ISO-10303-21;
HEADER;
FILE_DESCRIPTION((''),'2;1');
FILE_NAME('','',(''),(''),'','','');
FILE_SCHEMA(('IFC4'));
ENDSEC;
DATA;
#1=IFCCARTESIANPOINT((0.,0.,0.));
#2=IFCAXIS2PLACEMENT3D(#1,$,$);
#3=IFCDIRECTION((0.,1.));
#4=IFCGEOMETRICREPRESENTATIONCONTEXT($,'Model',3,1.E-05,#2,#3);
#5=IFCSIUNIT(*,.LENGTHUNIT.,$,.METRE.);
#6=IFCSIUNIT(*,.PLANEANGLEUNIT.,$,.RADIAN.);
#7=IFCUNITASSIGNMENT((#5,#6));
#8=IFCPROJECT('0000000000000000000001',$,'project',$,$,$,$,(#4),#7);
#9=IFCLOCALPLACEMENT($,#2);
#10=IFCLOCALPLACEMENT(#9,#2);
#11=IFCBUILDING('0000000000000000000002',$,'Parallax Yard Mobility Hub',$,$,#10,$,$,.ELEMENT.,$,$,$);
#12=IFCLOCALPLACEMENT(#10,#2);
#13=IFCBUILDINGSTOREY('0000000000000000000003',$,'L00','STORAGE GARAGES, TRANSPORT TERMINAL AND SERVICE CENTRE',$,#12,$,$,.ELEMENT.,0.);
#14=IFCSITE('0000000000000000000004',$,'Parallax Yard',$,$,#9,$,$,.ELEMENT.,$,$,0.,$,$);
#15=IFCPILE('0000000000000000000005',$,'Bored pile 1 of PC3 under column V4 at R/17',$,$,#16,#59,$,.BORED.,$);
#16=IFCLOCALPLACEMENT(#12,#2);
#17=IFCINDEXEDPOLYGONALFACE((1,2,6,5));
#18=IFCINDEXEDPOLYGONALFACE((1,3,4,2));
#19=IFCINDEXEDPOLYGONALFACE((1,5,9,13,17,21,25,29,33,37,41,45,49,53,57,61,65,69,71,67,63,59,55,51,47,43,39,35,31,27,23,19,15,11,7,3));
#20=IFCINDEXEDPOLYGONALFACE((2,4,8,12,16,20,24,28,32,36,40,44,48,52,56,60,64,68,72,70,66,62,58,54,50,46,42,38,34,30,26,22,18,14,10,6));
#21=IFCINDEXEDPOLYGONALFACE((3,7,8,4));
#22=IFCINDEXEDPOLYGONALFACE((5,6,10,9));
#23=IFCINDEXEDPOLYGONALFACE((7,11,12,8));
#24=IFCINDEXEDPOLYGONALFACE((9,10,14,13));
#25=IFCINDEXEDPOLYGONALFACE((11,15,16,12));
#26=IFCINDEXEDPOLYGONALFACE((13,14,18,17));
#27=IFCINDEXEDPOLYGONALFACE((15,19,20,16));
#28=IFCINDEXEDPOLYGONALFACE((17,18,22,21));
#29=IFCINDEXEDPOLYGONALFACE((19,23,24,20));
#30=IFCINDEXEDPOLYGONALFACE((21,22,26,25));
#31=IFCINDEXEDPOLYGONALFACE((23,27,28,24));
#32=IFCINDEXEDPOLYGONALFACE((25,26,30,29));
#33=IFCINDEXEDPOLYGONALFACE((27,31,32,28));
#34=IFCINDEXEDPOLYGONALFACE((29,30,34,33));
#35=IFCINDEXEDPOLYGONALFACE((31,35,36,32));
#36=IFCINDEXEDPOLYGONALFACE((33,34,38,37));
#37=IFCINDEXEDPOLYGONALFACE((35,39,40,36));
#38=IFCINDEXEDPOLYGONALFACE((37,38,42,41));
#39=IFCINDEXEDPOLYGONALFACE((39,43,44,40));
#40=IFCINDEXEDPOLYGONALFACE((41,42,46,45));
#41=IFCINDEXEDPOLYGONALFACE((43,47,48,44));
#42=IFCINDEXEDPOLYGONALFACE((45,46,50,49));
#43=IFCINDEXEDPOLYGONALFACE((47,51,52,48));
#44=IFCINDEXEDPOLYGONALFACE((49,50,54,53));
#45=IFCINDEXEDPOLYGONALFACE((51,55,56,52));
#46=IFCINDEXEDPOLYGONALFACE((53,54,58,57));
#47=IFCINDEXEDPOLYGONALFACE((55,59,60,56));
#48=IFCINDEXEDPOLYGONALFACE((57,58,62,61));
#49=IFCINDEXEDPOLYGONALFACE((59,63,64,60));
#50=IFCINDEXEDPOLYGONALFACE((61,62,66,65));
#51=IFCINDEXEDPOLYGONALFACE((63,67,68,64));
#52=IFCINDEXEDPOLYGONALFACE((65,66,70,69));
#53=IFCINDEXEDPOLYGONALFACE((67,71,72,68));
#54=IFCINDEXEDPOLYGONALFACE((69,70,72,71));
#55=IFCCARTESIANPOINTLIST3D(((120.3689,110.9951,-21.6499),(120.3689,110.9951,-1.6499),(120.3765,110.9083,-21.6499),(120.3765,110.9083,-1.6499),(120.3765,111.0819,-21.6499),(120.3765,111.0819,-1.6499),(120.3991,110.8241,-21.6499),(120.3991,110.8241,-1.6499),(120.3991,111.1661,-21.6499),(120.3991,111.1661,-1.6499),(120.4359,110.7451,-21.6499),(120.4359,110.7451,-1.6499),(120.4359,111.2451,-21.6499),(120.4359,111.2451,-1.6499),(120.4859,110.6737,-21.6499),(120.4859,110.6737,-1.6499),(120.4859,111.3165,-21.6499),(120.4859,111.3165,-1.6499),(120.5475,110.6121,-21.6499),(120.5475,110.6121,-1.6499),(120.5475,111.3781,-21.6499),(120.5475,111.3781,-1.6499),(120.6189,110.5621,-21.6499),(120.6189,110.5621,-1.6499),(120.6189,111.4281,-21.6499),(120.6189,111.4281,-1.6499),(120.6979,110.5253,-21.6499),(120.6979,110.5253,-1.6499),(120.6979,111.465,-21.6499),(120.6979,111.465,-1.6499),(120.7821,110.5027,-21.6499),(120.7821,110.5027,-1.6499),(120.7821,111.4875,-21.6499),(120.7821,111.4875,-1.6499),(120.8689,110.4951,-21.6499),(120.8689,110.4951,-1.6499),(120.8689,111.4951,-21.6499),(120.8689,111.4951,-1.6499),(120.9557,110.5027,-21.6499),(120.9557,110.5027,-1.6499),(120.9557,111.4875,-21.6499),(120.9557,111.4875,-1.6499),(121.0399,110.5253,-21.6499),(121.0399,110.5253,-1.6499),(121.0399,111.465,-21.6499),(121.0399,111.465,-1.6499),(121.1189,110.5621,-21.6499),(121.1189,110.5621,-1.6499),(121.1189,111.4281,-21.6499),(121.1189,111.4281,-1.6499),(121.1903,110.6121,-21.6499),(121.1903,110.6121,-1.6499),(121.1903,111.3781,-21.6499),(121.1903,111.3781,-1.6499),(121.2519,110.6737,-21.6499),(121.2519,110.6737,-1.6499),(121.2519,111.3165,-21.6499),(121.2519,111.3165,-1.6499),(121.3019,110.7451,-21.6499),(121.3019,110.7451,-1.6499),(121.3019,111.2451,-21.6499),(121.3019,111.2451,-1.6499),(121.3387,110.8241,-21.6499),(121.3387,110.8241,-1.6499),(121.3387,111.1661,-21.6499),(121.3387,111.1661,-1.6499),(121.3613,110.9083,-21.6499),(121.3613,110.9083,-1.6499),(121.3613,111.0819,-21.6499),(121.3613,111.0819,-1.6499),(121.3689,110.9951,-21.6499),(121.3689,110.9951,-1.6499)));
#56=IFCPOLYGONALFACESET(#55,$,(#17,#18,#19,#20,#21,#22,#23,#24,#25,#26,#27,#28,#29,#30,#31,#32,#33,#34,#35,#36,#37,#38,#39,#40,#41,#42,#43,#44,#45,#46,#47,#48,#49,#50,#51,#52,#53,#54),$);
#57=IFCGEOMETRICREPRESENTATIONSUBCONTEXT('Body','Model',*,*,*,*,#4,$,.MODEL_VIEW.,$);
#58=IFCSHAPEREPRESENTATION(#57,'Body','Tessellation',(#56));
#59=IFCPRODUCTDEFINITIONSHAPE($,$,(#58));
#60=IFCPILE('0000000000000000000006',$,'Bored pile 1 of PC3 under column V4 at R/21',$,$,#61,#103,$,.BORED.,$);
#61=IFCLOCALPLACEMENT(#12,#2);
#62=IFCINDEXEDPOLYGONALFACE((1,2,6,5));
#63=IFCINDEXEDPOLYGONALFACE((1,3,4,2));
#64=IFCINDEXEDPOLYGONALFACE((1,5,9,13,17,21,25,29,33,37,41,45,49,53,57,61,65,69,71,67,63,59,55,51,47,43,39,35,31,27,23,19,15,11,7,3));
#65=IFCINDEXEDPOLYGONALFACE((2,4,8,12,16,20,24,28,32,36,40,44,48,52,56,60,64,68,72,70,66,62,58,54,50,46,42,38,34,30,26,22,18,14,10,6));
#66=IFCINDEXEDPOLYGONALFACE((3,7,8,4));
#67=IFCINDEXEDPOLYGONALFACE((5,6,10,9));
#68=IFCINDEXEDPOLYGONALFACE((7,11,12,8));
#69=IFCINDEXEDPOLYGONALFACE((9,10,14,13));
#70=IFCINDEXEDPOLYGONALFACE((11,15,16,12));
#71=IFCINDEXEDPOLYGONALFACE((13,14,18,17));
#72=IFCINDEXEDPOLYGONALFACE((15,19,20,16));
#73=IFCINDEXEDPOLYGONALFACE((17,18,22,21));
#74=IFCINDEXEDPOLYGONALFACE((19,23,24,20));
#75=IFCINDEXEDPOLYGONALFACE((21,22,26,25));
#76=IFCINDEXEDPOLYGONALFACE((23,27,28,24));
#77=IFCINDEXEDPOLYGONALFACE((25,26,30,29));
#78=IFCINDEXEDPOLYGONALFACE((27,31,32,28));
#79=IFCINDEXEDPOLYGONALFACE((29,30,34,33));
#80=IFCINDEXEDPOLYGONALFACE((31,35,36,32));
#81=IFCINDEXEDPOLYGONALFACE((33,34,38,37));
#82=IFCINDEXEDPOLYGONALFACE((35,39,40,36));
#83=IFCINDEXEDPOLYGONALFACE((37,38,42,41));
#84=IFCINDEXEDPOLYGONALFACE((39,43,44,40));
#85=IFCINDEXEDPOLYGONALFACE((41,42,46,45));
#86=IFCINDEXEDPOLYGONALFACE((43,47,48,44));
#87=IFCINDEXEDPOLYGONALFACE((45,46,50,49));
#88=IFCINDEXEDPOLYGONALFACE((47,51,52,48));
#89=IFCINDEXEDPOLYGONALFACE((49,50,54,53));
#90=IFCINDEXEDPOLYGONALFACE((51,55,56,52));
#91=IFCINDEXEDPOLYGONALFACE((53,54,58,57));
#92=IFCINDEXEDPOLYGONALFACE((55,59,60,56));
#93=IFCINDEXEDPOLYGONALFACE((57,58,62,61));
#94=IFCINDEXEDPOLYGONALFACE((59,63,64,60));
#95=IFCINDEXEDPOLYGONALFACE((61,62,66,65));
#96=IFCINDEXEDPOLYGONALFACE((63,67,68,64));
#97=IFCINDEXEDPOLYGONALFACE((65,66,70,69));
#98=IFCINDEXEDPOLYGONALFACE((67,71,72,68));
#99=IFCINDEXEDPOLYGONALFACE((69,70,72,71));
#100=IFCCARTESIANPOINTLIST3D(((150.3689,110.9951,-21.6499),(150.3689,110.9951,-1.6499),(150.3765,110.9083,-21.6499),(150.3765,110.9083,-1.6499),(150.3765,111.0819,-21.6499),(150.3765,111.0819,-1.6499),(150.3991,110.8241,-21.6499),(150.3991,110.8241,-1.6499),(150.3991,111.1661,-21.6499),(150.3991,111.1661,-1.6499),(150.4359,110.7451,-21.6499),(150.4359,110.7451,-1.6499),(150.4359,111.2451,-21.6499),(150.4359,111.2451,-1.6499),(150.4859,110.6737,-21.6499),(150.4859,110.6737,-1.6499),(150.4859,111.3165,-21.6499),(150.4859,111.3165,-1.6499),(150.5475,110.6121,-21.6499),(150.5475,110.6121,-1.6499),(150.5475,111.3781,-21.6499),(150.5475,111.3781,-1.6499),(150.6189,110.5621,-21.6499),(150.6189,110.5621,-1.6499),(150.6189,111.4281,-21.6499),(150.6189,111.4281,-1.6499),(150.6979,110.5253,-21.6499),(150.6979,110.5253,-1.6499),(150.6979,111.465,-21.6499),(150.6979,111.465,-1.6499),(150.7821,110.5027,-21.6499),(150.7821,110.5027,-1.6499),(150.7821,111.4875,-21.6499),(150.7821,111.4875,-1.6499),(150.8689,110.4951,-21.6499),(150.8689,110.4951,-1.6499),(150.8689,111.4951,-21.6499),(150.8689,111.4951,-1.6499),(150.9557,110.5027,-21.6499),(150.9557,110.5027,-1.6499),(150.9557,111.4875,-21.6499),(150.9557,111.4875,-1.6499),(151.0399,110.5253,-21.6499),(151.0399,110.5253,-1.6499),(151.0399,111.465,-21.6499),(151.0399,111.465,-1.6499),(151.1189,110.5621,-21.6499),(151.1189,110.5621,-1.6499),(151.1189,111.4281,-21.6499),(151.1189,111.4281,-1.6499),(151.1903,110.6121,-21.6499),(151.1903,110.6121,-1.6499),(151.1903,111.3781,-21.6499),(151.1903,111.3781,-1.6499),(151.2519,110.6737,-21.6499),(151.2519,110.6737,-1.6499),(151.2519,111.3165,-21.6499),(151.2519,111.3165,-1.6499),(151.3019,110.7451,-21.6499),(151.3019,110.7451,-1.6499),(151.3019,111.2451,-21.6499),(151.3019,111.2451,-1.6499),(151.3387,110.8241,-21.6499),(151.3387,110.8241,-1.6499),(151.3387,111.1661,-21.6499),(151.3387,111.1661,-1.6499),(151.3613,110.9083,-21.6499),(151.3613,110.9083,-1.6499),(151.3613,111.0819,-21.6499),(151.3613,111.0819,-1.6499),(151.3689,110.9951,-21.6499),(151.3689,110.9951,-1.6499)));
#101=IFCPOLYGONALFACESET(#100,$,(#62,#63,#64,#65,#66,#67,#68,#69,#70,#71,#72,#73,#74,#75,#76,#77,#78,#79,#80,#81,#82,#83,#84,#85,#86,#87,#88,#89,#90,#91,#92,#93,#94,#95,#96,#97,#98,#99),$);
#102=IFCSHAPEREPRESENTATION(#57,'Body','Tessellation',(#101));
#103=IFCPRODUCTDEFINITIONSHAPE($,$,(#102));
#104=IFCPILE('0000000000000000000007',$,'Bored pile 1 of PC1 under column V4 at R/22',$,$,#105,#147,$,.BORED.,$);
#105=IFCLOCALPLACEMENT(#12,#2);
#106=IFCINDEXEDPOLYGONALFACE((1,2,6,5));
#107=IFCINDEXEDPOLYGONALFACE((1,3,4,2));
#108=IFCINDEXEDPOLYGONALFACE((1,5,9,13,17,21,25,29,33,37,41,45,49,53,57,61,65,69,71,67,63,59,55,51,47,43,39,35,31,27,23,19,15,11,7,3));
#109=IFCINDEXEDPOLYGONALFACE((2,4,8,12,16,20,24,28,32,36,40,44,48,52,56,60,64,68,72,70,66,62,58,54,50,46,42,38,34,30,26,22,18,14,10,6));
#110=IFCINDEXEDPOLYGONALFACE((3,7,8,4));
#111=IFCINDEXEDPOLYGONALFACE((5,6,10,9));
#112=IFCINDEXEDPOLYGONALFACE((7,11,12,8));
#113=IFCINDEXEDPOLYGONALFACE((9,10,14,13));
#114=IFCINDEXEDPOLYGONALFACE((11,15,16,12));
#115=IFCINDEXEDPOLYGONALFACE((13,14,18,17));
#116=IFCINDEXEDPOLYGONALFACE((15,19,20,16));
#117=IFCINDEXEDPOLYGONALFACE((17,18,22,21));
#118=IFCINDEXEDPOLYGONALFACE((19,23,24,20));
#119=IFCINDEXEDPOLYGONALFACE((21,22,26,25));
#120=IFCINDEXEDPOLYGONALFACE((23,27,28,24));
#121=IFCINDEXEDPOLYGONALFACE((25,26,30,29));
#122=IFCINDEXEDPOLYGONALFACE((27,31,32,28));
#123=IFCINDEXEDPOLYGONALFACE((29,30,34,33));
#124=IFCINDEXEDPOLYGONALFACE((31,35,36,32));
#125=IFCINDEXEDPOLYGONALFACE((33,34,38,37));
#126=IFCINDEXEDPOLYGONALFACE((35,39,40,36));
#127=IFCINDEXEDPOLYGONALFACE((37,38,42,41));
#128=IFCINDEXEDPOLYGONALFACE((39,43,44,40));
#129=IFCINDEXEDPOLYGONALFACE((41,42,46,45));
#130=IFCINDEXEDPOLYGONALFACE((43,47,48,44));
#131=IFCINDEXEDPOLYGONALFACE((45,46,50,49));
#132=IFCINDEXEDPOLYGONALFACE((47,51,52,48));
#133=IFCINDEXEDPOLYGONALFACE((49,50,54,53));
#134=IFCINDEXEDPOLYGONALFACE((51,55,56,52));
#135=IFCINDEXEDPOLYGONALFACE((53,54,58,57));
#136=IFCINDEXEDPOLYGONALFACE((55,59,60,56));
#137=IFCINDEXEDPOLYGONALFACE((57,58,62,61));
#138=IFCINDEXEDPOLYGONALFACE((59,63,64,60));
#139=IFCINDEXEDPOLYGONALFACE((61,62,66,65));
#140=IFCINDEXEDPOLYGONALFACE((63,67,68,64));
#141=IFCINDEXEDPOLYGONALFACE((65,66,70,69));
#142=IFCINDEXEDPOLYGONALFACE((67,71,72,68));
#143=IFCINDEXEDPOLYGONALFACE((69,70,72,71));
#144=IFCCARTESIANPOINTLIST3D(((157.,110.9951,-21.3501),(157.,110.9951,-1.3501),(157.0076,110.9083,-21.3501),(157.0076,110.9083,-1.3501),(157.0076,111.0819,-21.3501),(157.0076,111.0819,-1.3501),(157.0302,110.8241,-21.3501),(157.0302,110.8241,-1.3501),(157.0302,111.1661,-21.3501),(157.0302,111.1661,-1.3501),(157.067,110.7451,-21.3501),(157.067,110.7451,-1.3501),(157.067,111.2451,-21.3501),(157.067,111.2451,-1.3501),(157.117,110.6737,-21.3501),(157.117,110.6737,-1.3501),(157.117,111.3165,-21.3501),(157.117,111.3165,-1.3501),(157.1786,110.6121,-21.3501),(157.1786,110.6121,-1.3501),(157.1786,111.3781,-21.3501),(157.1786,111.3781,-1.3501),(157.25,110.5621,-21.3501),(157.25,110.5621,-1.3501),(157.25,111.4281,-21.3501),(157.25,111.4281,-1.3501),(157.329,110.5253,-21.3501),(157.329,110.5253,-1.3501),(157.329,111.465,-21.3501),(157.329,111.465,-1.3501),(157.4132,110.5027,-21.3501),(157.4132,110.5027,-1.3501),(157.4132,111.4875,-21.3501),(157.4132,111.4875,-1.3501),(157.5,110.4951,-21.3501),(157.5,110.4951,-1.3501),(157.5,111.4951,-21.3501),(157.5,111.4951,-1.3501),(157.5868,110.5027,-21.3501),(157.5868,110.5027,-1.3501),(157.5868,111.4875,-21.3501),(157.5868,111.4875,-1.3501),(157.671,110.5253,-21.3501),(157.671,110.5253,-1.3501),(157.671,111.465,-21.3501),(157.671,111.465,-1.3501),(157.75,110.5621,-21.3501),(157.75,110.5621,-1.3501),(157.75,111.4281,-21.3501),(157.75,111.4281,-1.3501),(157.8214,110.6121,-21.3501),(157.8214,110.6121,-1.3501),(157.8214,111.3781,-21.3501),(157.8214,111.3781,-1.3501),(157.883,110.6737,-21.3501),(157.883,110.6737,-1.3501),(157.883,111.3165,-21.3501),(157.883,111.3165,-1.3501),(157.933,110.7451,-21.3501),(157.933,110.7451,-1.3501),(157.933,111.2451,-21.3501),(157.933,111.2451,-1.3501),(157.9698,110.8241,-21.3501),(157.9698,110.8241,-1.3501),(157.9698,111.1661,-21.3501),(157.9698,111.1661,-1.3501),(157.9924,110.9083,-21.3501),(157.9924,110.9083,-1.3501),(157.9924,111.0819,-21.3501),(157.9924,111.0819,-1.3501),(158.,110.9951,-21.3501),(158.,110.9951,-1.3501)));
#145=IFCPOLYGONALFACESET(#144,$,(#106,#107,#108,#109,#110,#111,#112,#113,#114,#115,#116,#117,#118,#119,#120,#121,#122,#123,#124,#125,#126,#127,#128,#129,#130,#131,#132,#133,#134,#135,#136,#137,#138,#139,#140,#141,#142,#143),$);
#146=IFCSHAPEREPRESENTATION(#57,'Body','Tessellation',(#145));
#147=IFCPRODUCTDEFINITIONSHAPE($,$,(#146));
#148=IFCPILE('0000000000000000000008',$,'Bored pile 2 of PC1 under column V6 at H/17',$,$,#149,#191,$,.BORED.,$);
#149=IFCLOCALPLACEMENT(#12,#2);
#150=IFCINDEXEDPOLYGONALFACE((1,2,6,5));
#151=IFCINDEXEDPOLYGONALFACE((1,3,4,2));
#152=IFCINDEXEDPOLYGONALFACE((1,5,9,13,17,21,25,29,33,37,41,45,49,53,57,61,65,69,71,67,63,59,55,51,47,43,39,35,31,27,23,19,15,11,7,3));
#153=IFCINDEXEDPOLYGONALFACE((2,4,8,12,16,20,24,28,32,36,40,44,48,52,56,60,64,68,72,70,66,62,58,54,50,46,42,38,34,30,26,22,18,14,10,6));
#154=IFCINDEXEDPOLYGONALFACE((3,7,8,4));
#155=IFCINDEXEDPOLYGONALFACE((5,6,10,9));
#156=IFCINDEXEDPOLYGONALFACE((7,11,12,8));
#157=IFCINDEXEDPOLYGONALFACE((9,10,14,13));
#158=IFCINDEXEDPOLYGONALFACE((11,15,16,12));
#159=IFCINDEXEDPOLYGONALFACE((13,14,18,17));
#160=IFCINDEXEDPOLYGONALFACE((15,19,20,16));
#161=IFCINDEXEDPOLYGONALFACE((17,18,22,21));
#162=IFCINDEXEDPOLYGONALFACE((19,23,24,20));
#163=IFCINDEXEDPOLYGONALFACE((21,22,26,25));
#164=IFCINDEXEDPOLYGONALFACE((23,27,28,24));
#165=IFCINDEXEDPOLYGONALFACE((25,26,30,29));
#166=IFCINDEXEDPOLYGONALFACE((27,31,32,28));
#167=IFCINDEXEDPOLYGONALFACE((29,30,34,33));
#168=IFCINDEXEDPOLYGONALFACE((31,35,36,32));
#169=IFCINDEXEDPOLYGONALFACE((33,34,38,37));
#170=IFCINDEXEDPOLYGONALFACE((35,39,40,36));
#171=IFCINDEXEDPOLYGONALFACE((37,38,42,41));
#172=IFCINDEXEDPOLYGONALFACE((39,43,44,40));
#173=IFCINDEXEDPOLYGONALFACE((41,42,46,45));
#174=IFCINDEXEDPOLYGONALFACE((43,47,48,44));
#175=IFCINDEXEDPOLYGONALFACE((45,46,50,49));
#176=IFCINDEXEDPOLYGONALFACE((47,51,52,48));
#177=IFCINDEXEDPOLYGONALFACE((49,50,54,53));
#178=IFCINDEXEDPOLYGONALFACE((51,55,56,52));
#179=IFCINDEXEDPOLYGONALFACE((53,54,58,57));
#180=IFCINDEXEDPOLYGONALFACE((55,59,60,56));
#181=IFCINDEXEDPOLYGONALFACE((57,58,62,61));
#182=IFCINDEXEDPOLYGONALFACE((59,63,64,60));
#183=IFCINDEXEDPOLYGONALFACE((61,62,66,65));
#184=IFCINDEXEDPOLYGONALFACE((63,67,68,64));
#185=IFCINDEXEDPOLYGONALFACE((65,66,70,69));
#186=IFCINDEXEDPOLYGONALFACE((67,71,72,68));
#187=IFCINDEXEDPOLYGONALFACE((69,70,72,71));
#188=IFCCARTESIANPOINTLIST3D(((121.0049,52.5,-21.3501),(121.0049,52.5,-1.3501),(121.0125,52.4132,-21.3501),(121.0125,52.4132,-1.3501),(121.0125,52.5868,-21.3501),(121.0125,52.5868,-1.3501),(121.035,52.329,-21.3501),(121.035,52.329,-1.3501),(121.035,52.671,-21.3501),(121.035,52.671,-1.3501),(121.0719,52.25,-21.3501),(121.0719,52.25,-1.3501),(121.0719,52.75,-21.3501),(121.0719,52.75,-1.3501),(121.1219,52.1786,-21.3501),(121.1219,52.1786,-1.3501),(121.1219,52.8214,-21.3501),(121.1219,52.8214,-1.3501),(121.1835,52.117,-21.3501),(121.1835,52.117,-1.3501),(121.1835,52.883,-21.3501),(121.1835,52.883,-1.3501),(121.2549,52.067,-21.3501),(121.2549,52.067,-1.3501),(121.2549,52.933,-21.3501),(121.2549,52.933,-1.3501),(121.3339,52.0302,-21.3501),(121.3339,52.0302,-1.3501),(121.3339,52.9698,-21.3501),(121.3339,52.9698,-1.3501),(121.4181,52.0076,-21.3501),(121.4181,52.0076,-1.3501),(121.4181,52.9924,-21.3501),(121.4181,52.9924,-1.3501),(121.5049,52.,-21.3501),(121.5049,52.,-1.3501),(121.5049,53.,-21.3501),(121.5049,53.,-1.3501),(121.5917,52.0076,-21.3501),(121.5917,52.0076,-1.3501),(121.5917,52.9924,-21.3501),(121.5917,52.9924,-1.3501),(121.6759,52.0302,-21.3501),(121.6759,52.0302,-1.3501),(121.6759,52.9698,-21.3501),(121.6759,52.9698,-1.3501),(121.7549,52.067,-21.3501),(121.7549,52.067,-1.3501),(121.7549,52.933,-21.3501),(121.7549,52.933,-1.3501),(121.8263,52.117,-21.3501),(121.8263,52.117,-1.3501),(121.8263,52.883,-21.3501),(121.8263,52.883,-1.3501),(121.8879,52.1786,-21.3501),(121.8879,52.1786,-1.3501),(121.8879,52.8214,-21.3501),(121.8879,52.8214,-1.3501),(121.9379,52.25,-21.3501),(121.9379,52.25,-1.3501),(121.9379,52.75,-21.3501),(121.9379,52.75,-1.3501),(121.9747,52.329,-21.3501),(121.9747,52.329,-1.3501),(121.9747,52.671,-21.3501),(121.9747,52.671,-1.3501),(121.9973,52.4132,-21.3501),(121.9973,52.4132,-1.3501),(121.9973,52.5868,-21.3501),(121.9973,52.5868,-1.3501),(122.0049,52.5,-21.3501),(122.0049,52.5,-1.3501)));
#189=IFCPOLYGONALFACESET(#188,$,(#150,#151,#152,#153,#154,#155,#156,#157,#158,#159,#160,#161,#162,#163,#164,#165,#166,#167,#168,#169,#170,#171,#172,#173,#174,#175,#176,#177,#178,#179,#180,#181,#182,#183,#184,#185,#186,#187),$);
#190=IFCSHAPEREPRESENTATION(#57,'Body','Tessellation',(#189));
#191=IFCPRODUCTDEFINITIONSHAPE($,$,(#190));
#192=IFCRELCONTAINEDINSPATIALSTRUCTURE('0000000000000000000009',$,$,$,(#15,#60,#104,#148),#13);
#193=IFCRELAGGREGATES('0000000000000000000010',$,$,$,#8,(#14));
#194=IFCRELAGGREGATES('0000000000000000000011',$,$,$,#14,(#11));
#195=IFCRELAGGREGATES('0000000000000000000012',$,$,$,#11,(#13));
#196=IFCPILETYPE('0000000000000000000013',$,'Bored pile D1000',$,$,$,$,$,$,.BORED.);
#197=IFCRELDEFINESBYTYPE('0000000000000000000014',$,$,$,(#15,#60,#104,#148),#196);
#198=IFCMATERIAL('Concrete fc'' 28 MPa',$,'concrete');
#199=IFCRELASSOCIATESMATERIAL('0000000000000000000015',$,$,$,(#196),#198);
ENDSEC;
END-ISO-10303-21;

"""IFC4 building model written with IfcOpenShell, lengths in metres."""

from ifc_helpers import new_model, si_unit, direction, frame, origin, origin_2d, place, context, subcontext, project, spatial, circle, extrude, material, material_profile, profile_set, type_object, element, save


model = new_model("IFC4")

# Units and contexts
model_context = context("Model", 3, precision=1e-05, world=origin(), true_north=direction((0.0, 1.0)))
body_context = subcontext(model_context, "Body", "Model", "MODEL_VIEW")
ifc_project = project(units=[si_unit("LENGTHUNIT", "METRE"), si_unit("PLANEANGLEUNIT", "RADIAN")], contexts=[model_context])

# Site, building, storey
site_placement = place(None, origin())
site = spatial("IfcSite", under=ifc_project, at=site_placement, Name="Parallax Yard", CompositionType="ELEMENT", RefElevation=0.0)
building_placement = place(site_placement, origin())
building = spatial("IfcBuilding", under=site, at=building_placement, Name="Parallax Yard Mobility Hub", CompositionType="ELEMENT")
storey_placement = place(building_placement, origin())
storey = spatial("IfcBuildingStorey", under=building, at=storey_placement, Name="L00", Description="STORAGE GARAGES, TRANSPORT TERMINAL AND SERVICE CENTRE", CompositionType="ELEMENT", Elevation=0.0)

# Piles
ifc_material_1 = material(Name="Concrete fc' 28 MPa", Category="concrete")
ifc_material_profile_1 = material_profile(ifc_material_1, circle(Radius=0.5, at=origin_2d()), Name="Bored pile D1000")
ifc_profile_set_1 = profile_set([ifc_material_profile_1], Name="Concrete fc' 28 MPa")
pile_type = type_object("IfcPileType", Name="Bored pile D1000", PredefinedType="BORED", material=ifc_profile_set_1)
for number, where, z_axis, x_axis, name in (
    (1, (120.8689, 110.9951, -1.6499), (0.0, 0.0, -1.0), (1.0, 0.0, 0.0), "Bored pile 1 of PC3 under column V4 at R/17"),
    (2, (150.8689, 110.9951, -1.6499), (0.0, 0.0, -1.0), (1.0, 0.0, 0.0), "Bored pile 1 of PC3 under column V4 at R/21"),
    (3, (157.5, 110.9951, -1.3501), (0.0, 0.0, -1.0), (1.0, 0.0, 0.0), "Bored pile 1 of PC1 under column V4 at R/22"),
    (4, (121.5049, 52.5, -1.3501), (0.0, 0.0, -1.0), (1.0, 0.0, 0.0), "Bored pile 2 of PC1 under column V6 at H/17"),
):
    element("IfcPile", number, at=place(storey_placement, frame(where, z_axis=z_axis, x_axis=x_axis)), inside=storey, type_object=pile_type, Name=name, PredefinedType="BORED", context=body_context, shape_type="SweptSolid", body=[
        extrude(circle(Radius=0.5, at=origin_2d()), origin(), (0.0, 0.0, 1.0), 20.0),
    ])

save(model, "model.ifc")
